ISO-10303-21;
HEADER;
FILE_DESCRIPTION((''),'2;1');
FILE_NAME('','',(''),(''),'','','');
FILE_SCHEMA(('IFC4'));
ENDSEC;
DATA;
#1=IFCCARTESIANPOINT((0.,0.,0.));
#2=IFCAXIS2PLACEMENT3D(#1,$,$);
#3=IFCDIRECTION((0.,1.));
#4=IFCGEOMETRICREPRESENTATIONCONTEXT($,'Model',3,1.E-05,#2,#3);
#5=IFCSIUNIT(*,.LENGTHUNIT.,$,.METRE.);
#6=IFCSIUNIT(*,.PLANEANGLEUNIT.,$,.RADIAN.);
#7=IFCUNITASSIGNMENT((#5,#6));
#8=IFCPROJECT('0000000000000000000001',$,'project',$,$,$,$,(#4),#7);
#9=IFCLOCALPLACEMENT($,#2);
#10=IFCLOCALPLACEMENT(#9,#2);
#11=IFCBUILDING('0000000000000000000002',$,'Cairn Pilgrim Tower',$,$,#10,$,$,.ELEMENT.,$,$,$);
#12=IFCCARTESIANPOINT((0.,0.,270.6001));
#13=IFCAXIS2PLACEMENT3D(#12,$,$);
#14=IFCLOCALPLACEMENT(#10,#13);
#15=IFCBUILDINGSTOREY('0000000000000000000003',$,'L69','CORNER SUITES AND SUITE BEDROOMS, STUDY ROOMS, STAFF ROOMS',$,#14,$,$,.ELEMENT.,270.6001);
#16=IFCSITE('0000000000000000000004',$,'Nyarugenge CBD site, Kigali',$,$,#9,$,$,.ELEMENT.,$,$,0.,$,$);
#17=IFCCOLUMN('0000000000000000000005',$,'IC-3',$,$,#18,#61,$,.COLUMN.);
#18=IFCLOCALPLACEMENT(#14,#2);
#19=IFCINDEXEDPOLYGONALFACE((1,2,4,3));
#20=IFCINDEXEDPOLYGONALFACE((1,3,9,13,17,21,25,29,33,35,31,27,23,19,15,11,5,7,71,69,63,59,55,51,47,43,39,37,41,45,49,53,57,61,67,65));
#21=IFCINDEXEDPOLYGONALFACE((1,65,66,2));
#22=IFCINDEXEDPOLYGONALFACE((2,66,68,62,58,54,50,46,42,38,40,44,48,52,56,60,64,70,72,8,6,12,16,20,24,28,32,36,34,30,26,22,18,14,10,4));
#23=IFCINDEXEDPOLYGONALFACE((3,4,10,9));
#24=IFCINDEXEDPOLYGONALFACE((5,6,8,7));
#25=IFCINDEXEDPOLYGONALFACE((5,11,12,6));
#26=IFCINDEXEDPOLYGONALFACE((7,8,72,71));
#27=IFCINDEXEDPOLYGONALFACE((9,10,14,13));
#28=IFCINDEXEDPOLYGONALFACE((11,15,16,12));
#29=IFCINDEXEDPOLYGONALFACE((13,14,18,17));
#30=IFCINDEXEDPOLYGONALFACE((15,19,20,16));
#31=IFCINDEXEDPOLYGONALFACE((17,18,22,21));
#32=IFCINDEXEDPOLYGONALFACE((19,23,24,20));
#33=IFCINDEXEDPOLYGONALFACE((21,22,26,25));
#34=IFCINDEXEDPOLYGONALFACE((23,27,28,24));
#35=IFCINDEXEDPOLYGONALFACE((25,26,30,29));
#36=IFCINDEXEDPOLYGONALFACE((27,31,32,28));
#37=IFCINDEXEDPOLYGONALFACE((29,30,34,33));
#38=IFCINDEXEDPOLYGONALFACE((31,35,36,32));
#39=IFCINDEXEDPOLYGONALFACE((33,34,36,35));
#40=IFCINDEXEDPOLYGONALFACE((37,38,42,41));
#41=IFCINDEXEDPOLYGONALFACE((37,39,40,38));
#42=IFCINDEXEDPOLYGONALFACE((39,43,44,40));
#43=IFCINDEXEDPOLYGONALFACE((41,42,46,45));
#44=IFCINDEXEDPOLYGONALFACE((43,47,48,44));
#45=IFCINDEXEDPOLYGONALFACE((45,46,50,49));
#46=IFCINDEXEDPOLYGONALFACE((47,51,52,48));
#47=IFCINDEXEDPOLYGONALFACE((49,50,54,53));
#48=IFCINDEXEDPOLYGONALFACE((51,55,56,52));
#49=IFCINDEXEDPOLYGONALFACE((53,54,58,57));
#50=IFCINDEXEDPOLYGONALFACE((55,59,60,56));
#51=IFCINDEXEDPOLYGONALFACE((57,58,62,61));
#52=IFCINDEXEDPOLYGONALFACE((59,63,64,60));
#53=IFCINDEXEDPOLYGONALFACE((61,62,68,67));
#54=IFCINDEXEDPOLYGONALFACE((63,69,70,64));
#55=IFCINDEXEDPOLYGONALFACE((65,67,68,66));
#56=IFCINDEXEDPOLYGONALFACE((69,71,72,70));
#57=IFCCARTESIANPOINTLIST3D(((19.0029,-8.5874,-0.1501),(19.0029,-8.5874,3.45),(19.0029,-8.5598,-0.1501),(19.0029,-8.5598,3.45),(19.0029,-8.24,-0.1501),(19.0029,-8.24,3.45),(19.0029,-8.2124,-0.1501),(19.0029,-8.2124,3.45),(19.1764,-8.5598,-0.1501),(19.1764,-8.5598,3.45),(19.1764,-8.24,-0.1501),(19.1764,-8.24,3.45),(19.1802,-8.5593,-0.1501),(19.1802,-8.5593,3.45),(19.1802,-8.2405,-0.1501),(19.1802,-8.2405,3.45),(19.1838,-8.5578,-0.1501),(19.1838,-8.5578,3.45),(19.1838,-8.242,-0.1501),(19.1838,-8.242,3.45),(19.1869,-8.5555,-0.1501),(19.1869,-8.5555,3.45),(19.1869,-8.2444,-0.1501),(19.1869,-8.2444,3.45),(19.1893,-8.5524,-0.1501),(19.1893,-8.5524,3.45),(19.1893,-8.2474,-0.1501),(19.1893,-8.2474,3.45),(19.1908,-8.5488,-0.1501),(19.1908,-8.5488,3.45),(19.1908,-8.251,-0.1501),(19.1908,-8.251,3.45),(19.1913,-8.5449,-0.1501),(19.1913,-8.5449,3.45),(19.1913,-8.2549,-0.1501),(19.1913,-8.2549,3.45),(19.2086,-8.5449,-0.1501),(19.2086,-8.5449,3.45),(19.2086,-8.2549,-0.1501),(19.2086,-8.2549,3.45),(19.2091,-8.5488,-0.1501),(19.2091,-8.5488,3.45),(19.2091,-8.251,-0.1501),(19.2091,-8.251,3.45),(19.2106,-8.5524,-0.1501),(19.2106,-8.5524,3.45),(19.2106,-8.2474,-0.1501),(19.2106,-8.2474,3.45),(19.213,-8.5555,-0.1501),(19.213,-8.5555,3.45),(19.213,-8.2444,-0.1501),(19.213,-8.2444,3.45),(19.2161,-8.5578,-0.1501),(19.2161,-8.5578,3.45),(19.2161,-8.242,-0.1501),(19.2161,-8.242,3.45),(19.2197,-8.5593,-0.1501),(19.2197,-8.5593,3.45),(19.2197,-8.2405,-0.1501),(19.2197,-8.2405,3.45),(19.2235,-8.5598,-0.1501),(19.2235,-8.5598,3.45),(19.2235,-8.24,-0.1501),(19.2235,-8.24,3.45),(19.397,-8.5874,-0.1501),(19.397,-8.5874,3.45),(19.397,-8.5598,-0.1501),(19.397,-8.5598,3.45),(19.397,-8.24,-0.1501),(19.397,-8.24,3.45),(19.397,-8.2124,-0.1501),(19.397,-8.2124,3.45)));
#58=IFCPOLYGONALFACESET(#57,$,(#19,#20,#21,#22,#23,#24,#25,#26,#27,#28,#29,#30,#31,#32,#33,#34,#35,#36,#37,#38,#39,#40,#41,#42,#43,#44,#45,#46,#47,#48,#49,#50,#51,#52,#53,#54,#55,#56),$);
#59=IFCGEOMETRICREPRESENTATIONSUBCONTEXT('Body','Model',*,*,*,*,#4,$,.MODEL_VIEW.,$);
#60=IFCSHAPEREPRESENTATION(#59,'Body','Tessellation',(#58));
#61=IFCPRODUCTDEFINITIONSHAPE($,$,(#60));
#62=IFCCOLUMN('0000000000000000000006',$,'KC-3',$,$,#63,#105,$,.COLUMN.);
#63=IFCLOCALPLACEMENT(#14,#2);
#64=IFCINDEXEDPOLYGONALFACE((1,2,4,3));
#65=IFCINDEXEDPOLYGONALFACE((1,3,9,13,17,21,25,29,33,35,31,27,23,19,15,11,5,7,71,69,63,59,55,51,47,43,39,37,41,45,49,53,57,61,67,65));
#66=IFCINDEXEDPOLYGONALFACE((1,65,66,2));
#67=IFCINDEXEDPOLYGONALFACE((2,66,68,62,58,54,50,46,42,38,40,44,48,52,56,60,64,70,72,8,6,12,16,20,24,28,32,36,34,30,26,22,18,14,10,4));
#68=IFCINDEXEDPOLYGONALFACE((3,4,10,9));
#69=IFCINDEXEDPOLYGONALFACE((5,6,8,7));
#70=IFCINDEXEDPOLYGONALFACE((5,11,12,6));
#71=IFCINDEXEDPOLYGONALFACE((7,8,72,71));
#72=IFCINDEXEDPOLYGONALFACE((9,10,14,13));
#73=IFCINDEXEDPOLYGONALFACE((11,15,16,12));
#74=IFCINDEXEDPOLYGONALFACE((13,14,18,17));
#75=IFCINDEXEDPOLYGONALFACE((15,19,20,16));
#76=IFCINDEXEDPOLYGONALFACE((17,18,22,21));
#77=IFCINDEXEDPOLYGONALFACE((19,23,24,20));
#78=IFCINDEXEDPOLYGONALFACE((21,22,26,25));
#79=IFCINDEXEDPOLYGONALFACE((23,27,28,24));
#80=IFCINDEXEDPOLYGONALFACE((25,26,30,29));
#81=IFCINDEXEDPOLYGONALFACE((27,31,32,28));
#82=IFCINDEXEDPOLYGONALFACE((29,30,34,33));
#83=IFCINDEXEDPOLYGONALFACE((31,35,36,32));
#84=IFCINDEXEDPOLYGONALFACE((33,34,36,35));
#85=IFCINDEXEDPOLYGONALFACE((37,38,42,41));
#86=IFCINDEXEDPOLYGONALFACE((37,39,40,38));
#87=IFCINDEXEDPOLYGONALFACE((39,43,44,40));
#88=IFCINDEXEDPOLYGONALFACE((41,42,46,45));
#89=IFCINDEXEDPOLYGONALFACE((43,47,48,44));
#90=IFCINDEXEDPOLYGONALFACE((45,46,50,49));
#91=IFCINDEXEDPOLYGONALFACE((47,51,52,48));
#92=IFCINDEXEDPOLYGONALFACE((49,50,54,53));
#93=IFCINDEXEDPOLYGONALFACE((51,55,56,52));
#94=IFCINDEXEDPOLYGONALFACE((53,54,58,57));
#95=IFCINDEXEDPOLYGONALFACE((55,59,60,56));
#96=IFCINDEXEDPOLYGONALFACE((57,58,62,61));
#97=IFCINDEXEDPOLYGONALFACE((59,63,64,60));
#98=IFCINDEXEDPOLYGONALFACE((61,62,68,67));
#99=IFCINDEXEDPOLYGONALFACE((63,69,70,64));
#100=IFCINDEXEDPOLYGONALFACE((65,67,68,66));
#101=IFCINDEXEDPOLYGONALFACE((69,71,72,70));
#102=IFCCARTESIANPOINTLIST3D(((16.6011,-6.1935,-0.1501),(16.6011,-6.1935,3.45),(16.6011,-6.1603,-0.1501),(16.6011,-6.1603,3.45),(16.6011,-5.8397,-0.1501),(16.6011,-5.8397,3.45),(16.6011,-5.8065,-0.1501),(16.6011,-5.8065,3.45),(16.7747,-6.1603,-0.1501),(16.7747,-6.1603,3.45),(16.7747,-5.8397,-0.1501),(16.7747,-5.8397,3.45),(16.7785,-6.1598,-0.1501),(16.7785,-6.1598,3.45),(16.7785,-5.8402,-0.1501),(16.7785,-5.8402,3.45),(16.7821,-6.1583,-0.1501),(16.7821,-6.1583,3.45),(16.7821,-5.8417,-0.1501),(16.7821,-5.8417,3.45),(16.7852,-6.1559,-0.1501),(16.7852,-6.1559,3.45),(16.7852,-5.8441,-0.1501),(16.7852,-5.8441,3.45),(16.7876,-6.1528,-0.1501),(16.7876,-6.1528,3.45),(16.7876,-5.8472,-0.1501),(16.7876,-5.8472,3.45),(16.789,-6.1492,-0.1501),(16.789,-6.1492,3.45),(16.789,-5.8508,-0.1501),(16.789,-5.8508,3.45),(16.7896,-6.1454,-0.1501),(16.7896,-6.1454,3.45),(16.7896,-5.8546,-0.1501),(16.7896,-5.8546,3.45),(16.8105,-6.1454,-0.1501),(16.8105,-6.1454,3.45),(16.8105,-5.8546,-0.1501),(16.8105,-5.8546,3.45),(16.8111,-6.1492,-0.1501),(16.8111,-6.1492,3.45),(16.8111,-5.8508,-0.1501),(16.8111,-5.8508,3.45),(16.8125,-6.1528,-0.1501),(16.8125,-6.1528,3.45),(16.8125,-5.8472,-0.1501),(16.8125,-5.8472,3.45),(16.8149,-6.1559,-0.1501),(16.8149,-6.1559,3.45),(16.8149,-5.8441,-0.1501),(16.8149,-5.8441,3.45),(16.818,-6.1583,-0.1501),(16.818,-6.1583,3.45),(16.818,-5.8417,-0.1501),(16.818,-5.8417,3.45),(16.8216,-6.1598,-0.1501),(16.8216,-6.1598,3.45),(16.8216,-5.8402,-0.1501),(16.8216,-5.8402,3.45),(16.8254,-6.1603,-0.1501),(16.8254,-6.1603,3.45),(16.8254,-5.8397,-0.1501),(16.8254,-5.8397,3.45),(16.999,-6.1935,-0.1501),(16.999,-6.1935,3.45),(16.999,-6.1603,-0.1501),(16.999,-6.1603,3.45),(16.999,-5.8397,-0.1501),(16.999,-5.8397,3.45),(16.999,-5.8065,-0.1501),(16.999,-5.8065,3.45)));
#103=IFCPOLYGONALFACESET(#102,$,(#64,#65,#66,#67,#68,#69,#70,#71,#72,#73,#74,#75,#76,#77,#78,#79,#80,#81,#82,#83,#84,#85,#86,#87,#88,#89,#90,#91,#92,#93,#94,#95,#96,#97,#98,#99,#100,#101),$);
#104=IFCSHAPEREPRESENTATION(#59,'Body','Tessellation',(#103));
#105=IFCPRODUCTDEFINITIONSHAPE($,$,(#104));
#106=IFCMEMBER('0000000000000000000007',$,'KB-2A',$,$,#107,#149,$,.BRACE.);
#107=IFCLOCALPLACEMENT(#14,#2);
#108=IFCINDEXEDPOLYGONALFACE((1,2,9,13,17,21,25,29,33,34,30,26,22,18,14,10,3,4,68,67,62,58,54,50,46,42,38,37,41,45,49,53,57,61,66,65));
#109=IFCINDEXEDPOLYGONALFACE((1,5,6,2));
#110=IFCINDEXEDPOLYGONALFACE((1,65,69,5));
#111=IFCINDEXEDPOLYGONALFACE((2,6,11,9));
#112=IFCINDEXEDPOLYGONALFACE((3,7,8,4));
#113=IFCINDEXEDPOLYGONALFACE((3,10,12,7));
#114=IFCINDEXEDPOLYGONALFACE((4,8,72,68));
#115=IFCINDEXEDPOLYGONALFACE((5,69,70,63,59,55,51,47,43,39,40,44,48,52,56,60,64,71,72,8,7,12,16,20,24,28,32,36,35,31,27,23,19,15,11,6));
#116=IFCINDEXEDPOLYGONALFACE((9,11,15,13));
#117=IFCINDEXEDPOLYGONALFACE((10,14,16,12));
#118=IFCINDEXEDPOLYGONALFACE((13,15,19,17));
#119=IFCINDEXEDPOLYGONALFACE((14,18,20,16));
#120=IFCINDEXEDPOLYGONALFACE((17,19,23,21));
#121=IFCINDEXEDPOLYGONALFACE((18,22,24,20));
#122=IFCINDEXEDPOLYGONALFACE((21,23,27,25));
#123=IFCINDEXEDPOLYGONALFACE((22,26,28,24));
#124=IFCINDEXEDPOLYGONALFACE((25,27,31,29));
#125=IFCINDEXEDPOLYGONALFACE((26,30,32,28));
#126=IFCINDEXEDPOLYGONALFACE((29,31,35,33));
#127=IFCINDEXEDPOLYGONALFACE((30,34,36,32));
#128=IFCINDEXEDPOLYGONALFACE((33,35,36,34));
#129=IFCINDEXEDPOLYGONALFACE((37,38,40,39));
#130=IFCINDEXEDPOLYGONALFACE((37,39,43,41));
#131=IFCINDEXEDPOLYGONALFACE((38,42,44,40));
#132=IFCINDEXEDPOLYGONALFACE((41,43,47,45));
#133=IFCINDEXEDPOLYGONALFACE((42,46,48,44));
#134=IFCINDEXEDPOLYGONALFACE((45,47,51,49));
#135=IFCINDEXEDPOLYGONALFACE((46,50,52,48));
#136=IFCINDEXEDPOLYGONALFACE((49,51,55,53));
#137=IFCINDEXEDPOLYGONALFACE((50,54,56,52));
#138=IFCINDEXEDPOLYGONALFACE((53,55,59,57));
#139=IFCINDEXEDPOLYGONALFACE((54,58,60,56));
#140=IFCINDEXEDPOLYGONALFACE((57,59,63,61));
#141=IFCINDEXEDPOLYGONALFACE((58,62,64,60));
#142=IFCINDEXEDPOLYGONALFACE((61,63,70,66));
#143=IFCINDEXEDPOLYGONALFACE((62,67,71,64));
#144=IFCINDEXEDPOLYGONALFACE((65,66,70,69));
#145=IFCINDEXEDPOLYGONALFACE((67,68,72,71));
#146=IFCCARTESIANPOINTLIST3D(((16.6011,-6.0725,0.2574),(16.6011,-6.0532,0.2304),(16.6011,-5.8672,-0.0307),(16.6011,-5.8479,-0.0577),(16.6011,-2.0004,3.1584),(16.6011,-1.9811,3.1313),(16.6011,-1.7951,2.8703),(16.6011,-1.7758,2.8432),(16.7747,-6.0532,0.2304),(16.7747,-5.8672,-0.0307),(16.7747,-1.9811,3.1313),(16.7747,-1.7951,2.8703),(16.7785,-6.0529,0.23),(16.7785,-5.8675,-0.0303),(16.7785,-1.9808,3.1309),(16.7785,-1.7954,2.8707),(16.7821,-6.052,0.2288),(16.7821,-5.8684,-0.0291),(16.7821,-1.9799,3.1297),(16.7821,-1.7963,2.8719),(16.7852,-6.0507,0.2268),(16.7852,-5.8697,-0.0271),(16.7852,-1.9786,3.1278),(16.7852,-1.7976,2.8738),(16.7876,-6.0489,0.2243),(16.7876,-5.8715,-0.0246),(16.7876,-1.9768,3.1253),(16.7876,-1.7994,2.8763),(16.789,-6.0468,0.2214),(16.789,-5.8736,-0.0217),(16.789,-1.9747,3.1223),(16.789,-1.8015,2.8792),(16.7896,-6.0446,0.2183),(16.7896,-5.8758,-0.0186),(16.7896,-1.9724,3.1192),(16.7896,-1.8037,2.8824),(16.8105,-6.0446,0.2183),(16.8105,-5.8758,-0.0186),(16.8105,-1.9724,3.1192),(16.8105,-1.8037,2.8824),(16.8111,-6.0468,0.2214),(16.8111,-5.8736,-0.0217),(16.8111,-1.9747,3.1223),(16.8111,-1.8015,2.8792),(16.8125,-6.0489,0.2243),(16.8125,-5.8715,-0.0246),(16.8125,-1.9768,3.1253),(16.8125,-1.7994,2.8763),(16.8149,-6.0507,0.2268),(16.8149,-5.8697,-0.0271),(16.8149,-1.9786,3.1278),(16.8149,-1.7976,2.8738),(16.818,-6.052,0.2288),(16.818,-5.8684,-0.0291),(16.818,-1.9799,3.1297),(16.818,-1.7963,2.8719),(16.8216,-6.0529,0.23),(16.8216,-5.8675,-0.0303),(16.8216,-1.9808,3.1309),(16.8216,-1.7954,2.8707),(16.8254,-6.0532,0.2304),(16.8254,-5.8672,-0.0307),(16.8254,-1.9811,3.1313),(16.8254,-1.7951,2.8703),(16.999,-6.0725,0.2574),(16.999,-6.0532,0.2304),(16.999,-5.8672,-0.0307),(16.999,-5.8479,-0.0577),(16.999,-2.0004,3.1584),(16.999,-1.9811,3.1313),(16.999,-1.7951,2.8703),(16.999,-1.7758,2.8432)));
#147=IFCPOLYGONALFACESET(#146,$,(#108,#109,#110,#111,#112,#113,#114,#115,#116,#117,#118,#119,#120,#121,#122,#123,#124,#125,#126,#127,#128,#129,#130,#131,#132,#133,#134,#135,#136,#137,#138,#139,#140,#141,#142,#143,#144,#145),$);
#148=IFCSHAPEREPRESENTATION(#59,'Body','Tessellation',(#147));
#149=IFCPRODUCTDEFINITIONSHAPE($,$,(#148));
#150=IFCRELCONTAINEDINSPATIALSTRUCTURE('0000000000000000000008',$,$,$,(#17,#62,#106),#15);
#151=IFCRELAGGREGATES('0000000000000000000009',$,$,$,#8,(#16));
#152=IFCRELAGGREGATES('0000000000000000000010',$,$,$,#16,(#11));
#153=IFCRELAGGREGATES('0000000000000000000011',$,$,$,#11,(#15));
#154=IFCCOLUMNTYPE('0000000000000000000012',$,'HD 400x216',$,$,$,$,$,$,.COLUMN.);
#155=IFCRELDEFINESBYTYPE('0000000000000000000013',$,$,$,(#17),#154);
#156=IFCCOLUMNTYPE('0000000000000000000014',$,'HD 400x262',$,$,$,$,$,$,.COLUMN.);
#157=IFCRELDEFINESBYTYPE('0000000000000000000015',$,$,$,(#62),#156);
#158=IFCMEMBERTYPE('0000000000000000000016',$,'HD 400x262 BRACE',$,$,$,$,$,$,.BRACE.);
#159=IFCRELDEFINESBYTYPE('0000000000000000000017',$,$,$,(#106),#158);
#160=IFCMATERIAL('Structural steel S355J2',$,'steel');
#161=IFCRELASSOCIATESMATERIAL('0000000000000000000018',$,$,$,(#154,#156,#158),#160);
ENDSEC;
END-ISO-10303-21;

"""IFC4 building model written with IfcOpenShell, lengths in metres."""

from ifc_helpers import new_model, si_unit, direction, frame, origin, origin_2d, place, context, subcontext, project, spatial, i_section, extrude, material, material_profile, profile_set, type_object, element, save


model = new_model("IFC4")

# Units and contexts
model_context = context("Model", 3, precision=1e-05, world=origin(), true_north=direction((0.0, 1.0)))
body_context = subcontext(model_context, "Body", "Model", "MODEL_VIEW")
ifc_project = project(units=[si_unit("LENGTHUNIT", "METRE"), si_unit("PLANEANGLEUNIT", "RADIAN")], contexts=[model_context])

# Site, building, storey
site_placement = place(None, origin())
site = spatial("IfcSite", under=ifc_project, at=site_placement, Name="Nyarugenge CBD site, Kigali", CompositionType="ELEMENT", RefElevation=0.0)
building_placement = place(site_placement, origin())
building = spatial("IfcBuilding", under=site, at=building_placement, Name="Cairn Pilgrim Tower", CompositionType="ELEMENT")
storey_placement = place(building_placement, frame((0.0, 0.0, 270.6001)))
storey = spatial("IfcBuildingStorey", under=building, at=storey_placement, Name="L69", Description="CORNER SUITES AND SUITE BEDROOMS, STUDY ROOMS, STAFF ROOMS", CompositionType="ELEMENT", Elevation=270.6001)

# Columns
ifc_material_1 = material(Name="Structural steel S355J2", Category="steel")
ifc_material_profile_1 = material_profile(ifc_material_1, i_section(OverallWidth=0.394, OverallDepth=0.375, WebThickness=0.0173, FlangeThickness=0.0276, FilletRadius=0.0149, at=origin_2d()), Name="HD 400x216")
ifc_profile_set_1 = profile_set([ifc_material_profile_1], Name="Structural steel S355J2")
column_type_1 = type_object("IfcColumnType", Name="HD 400x216", PredefinedType="COLUMN", material=ifc_profile_set_1)
column_1_placement = place(storey_placement, frame((19.2, -8.3999, -0.1501), z_axis=(0.0, 0.0, 1.0), x_axis=(1.0, 0.0, 0.0)))
element("IfcColumn", 1, at=column_1_placement, inside=storey, type_object=column_type_1, Name="IC-3", PredefinedType="COLUMN", context=body_context, shape_type="SweptSolid", body=[
    extrude(i_section(OverallWidth=0.394, OverallDepth=0.375, WebThickness=0.0173, FlangeThickness=0.0276, FilletRadius=0.0149, at=origin_2d()), origin(), (0.0, 0.0, 1.0), 3.6001),
])
ifc_material_profile_2 = material_profile(ifc_material_1, i_section(OverallWidth=0.3979, OverallDepth=0.387, WebThickness=0.021, FlangeThickness=0.0332, FilletRadius=0.0149, at=origin_2d()), Name="HD 400x262")
ifc_profile_set_2 = profile_set([ifc_material_profile_2], Name="Structural steel S355J2")
column_type_2 = type_object("IfcColumnType", Name="HD 400x262", PredefinedType="COLUMN", material=ifc_profile_set_2)
column_2_placement = place(storey_placement, frame((16.8, -6.0, -0.1501), z_axis=(0.0, 0.0, 1.0), x_axis=(1.0, 0.0, 0.0)))
element("IfcColumn", 2, at=column_2_placement, inside=storey, type_object=column_type_2, Name="KC-3", PredefinedType="COLUMN", context=body_context, shape_type="SweptSolid", body=[
    extrude(i_section(OverallWidth=0.3979, OverallDepth=0.387, WebThickness=0.021, FlangeThickness=0.0332, FilletRadius=0.0149, at=origin_2d()), origin(), (0.0, 0.0, 1.0), 3.6001),
])

# Member
ifc_material_profile_3 = material_profile(ifc_material_1, i_section(OverallWidth=0.3979, OverallDepth=0.387, WebThickness=0.021, FlangeThickness=0.0332, FilletRadius=0.0149, at=origin_2d()), Name="HD 400x262")
ifc_profile_set_3 = profile_set([ifc_material_profile_3], Name="Structural steel S355J2")
member_type = type_object("IfcMemberType", Name="HD 400x262 BRACE", PredefinedType="BRACE", material=ifc_profile_set_3)
member_placement = place(storey_placement, frame((16.8, -5.9602, 0.0999), z_axis=(0.0, 0.814462, 0.580217), x_axis=(-1.0, 0.0, 0.0)))
element("IfcMember", 3, at=member_placement, inside=storey, type_object=member_type, Name="KB-2A", PredefinedType="BRACE", context=body_context, shape_type="SweptSolid", body=[
    extrude(i_section(OverallWidth=0.3979, OverallDepth=0.387, WebThickness=0.021, FlangeThickness=0.0332, FilletRadius=0.0149, at=origin_2d()), origin(), (0.0, 0.0, 1.0), 4.9998),
])

save(model, "model.ifc")
